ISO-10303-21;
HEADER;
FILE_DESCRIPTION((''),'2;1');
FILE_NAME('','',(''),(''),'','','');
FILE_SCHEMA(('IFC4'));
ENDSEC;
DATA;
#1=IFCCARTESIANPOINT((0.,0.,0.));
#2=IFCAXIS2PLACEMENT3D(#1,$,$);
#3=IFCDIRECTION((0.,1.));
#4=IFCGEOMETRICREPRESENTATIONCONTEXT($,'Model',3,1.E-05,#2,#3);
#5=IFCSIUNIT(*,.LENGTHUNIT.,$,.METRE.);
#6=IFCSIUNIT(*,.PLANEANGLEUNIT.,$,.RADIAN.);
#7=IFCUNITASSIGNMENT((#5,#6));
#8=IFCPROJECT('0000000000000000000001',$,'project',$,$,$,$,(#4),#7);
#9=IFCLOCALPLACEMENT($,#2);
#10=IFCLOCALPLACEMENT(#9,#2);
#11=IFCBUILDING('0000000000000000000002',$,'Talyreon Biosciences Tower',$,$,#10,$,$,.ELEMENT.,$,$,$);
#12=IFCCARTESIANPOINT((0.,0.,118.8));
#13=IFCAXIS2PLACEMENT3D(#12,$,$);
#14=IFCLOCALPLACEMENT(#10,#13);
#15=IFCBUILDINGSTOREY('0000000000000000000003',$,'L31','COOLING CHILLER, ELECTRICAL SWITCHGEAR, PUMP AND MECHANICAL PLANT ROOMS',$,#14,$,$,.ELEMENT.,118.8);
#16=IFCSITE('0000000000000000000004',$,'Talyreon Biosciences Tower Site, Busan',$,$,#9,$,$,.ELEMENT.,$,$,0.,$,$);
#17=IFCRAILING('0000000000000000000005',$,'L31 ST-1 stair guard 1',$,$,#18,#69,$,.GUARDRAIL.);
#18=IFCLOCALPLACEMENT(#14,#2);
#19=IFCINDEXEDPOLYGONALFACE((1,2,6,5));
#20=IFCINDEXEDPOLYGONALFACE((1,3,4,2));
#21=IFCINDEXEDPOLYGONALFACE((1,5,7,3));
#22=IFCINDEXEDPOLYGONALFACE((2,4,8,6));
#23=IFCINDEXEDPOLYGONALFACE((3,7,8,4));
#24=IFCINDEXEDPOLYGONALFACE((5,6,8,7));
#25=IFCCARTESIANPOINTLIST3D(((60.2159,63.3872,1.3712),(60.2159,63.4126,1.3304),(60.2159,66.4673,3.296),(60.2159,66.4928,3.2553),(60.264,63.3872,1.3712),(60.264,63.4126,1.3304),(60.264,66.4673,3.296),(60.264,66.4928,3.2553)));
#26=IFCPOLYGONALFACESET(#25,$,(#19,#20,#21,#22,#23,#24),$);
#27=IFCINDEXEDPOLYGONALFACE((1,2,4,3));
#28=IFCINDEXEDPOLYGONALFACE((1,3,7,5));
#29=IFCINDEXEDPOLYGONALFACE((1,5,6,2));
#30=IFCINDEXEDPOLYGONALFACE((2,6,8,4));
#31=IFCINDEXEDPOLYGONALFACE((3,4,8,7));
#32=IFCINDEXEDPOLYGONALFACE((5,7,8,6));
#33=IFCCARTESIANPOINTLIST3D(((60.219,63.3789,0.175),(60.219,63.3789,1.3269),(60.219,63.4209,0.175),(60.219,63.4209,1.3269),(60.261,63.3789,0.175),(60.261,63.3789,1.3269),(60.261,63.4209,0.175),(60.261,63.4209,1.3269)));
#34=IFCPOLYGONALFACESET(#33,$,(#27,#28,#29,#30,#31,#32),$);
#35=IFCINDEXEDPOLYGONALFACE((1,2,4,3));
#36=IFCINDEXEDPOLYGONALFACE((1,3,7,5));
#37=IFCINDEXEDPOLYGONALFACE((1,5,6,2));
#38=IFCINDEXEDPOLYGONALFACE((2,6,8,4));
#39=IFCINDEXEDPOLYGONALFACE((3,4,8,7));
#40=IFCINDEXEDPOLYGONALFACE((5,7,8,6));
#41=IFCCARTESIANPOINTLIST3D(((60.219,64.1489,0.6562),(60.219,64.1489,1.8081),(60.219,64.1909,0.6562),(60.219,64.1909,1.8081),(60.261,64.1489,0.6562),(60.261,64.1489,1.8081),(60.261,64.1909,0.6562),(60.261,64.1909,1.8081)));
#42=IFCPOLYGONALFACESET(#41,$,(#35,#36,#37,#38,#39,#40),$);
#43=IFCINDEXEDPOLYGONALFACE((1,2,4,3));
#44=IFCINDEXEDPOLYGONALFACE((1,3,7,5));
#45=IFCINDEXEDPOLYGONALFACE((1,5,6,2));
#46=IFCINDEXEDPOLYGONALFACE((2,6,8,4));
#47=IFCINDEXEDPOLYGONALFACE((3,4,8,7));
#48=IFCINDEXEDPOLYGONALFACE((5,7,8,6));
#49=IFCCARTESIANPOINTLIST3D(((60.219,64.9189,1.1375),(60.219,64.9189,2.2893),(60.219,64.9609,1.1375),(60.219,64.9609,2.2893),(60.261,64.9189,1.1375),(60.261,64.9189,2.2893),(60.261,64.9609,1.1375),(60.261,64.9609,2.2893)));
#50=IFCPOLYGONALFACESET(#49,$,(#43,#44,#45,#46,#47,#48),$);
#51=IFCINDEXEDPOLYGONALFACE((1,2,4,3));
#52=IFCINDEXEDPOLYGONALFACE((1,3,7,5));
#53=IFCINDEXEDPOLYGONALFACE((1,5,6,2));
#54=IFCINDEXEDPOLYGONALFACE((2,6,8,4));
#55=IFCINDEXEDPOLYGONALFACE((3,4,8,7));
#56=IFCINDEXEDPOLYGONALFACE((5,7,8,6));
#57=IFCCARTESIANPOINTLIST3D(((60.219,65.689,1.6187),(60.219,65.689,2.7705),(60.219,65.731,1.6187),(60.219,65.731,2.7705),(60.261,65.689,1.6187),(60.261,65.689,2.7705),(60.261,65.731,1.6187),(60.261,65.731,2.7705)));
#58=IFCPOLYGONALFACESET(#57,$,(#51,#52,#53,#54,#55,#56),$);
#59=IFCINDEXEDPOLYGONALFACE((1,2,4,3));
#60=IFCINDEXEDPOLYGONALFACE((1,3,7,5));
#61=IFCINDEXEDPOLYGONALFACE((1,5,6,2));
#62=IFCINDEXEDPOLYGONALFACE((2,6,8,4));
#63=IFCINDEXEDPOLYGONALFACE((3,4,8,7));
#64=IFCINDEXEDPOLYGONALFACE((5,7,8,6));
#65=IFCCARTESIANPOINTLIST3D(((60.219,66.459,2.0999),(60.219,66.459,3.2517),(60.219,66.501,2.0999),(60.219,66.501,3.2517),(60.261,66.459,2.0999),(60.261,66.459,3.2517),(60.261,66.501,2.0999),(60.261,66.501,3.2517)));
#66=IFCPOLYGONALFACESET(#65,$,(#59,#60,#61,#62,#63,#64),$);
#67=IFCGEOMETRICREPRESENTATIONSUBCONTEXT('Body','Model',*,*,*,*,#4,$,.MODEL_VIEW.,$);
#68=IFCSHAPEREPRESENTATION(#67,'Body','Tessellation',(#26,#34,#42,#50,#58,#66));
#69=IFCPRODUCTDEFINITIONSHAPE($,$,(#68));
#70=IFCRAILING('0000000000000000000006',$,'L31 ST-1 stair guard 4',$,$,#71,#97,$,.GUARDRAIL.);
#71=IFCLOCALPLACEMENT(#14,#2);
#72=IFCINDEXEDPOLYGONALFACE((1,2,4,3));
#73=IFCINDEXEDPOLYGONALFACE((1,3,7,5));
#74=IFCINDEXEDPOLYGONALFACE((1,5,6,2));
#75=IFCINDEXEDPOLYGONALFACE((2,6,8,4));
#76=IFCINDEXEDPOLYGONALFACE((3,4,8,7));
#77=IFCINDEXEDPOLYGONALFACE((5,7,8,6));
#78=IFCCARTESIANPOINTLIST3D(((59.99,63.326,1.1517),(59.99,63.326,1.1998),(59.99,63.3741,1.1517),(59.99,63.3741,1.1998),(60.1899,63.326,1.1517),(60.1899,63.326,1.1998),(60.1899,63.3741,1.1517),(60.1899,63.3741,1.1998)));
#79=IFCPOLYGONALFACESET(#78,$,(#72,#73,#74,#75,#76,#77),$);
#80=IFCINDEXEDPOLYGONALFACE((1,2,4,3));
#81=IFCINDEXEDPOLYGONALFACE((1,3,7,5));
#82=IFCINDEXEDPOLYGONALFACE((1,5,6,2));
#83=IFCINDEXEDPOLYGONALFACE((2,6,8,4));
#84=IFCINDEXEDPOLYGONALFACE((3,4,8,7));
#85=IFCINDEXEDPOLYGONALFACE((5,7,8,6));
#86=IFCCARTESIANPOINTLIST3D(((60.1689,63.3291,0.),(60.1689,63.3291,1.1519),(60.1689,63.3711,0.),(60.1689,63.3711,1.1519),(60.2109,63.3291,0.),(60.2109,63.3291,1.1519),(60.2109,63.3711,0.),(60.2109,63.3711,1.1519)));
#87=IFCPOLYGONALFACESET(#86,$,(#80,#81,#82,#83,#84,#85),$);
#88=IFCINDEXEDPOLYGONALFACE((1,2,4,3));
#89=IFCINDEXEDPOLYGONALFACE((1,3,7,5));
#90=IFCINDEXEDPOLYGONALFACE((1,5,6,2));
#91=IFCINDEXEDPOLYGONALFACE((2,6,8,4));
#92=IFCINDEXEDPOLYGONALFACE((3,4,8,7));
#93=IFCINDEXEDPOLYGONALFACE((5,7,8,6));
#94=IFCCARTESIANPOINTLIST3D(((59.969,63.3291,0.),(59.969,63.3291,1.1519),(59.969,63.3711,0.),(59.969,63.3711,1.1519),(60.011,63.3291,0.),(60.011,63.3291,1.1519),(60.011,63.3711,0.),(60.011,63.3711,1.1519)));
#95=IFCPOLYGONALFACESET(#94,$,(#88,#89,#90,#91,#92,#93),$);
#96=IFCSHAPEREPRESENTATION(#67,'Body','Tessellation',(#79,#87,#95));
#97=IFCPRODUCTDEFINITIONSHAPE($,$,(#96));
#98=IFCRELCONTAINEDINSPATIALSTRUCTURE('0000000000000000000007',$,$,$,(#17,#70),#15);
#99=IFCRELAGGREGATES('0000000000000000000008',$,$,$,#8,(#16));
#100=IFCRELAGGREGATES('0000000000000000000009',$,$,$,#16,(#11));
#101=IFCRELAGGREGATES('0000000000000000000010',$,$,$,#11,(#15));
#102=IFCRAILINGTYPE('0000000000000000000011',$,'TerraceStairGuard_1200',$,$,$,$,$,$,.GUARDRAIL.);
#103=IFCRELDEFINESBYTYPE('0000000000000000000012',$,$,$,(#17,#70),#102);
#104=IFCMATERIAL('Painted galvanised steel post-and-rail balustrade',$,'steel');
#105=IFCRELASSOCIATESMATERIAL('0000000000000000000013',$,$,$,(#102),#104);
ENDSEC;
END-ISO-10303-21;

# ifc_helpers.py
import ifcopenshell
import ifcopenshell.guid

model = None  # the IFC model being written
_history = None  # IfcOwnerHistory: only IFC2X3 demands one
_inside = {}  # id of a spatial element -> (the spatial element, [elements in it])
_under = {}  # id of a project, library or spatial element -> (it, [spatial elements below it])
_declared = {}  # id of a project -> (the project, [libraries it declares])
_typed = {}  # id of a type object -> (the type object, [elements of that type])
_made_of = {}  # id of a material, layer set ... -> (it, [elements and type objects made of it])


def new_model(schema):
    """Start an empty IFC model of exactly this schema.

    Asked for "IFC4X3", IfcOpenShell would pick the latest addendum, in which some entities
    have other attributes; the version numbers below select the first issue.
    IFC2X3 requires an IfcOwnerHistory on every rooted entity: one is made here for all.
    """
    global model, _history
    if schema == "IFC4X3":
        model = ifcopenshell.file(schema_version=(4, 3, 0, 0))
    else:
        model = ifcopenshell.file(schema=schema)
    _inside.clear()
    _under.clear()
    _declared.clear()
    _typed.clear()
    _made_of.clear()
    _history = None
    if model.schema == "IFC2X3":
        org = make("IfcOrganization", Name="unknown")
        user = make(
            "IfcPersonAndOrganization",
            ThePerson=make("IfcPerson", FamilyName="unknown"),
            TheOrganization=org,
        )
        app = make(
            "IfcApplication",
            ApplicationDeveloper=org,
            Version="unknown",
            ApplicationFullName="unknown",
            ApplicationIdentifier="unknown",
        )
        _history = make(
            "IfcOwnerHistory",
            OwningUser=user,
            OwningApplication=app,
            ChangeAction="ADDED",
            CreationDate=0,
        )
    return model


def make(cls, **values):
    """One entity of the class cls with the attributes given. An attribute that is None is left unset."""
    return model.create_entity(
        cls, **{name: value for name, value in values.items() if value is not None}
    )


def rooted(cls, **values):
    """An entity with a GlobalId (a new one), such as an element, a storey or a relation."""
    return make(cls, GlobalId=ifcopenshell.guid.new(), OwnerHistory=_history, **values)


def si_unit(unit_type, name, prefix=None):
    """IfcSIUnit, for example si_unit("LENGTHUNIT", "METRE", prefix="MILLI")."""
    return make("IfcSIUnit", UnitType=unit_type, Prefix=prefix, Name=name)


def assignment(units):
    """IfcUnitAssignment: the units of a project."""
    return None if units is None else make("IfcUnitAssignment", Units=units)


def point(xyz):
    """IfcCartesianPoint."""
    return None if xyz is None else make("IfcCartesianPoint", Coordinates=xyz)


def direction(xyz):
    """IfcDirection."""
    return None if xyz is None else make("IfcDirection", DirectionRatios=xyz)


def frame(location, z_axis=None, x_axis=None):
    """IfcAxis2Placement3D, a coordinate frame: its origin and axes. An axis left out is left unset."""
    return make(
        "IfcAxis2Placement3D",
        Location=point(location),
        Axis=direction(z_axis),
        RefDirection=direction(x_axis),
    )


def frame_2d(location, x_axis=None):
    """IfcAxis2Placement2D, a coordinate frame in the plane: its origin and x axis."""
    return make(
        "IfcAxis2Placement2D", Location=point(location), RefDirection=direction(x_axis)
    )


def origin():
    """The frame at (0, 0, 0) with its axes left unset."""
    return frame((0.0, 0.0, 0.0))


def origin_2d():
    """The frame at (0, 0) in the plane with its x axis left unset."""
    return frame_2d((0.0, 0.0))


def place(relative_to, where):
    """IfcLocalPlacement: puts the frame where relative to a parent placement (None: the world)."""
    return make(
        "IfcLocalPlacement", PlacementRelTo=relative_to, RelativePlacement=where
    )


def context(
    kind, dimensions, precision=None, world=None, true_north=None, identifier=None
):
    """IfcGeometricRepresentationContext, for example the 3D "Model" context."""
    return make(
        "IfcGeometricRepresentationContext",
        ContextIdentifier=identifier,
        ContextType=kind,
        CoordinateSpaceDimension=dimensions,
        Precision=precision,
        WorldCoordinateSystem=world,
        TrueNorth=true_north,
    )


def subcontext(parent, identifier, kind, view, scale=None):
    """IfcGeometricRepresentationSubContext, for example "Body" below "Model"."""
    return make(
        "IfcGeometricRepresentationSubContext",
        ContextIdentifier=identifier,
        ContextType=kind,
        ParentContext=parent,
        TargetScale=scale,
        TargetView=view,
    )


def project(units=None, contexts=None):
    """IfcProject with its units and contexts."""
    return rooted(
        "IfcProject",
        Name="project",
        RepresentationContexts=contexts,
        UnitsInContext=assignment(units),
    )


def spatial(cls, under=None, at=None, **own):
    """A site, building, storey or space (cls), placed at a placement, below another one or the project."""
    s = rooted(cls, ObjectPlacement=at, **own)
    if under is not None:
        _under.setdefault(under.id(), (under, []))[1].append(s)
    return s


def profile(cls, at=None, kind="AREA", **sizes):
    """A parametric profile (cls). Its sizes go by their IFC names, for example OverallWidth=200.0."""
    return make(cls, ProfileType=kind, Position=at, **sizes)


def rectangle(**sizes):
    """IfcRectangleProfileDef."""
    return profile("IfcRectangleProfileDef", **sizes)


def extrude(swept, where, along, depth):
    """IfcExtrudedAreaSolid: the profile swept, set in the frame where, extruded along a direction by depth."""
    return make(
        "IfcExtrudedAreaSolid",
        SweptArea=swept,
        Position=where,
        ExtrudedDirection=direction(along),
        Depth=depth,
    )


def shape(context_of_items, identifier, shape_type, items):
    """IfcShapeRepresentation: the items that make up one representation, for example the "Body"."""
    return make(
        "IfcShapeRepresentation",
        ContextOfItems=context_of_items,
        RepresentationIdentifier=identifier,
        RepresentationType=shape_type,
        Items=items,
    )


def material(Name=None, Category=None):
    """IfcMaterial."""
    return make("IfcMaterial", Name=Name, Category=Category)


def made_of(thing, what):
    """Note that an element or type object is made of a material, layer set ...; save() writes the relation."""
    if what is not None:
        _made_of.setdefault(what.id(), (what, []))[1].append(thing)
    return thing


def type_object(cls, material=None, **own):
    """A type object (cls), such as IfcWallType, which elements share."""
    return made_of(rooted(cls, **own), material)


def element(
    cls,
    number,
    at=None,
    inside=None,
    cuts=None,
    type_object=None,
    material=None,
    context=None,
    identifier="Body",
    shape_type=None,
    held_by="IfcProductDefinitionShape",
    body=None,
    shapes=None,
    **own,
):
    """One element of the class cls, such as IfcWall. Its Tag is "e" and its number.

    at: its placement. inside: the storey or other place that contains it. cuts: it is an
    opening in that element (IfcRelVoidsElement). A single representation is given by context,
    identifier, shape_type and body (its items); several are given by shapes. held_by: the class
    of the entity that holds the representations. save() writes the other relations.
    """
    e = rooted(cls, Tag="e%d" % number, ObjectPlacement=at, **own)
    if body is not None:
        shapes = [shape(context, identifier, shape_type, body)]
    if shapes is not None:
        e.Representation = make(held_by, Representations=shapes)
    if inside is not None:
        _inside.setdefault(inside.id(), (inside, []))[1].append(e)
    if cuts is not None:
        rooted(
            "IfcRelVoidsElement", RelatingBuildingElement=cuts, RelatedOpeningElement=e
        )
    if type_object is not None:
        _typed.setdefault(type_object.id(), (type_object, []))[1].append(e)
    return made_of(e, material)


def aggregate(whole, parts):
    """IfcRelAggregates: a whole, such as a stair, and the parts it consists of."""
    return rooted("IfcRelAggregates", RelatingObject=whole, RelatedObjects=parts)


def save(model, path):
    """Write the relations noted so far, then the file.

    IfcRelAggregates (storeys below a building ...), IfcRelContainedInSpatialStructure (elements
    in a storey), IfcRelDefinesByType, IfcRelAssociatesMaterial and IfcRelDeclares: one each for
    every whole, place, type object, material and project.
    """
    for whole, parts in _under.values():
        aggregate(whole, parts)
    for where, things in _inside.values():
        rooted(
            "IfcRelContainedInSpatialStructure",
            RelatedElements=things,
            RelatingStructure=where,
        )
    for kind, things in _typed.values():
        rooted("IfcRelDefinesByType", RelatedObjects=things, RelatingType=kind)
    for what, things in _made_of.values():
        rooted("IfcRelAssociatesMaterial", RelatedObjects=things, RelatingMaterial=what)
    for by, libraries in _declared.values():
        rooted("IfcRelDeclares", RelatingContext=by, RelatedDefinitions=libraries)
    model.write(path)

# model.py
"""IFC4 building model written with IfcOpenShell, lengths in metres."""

from ifc_helpers import new_model, si_unit, direction, frame, origin, origin_2d, place, context, subcontext, project, spatial, rectangle, extrude, material, type_object, element, save


model = new_model("IFC4")

# Units and contexts
model_context = context("Model", 3, precision=1e-05, world=origin(), true_north=direction((0.0, 1.0)))
body_context = subcontext(model_context, "Body", "Model", "MODEL_VIEW")
ifc_project = project(units=[si_unit("LENGTHUNIT", "METRE"), si_unit("PLANEANGLEUNIT", "RADIAN")], contexts=[model_context])

# Site, building, storey
site_placement = place(None, origin())
site = spatial("IfcSite", under=ifc_project, at=site_placement, Name="Talyreon Biosciences Tower Site, Busan", CompositionType="ELEMENT", RefElevation=0.0)
building_placement = place(site_placement, origin())
building = spatial("IfcBuilding", under=site, at=building_placement, Name="Talyreon Biosciences Tower", CompositionType="ELEMENT")
storey_placement = place(building_placement, frame((0.0, 0.0, 118.8)))
storey = spatial("IfcBuildingStorey", under=building, at=storey_placement, Name="L31", Description="COOLING CHILLER, ELECTRICAL SWITCHGEAR, PUMP AND MECHANICAL PLANT ROOMS", CompositionType="ELEMENT", Elevation=118.8)

# Railings
ifc_material_1 = material(Name="Painted galvanised steel post-and-rail balustrade", Category="steel")
railing_type_1 = type_object("IfcRailingType", Name="TerraceStairGuard_1200", PredefinedType="GUARDRAIL", material=ifc_material_1)
railing_1_placement = place(storey_placement, frame((60.24, 63.3999, 0.175)))
element("IfcRailing", 1, at=railing_1_placement, inside=storey, type_object=railing_type_1, Name="L31 ST-1 stair guard 1", PredefinedType="GUARDRAIL", context=body_context, shape_type="SweptSolid", body=[
    extrude(rectangle(XDim=0.0481, YDim=0.0481, at=origin_2d()), frame((0.0, 0.0, 1.1758), z_axis=(0.0, 0.848029, 0.529951), x_axis=(-1.0, 0.0, 0.0)), (0.0, 0.0, 1.0), 3.6321),
    extrude(rectangle(XDim=0.042, YDim=0.042, at=origin_2d()), origin(), (0.0, 0.0, 1.0), 1.1519),
    extrude(rectangle(XDim=0.042, YDim=0.042, at=origin_2d()), frame((0.0, 0.77, 0.4812)), (0.0, 0.0, 1.0), 1.1519),
    extrude(rectangle(XDim=0.042, YDim=0.042, at=origin_2d()), frame((0.0, 1.54, 0.9624)), (0.0, 0.0, 1.0), 1.1519),
    extrude(rectangle(XDim=0.042, YDim=0.042, at=origin_2d()), frame((0.0, 2.3101, 1.4436)), (0.0, 0.0, 1.0), 1.1519),
    extrude(rectangle(XDim=0.042, YDim=0.042, at=origin_2d()), frame((0.0, 3.0801, 1.9248)), (0.0, 0.0, 1.0), 1.1519),
])
railing_2_placement = place(storey_placement, frame((60.1899, 63.3501, 0.0)))
element("IfcRailing", 2, at=railing_2_placement, inside=storey, type_object=railing_type_1, Name="L31 ST-1 stair guard 4", PredefinedType="GUARDRAIL", context=body_context, shape_type="SweptSolid", body=[
    extrude(rectangle(XDim=0.0481, YDim=0.0481, at=origin_2d()), frame((0.0, 0.0, 1.1758), z_axis=(-1.0, 0.0, 0.0), x_axis=(0.0, -1.0, 0.0)), (0.0, 0.0, 1.0), 0.2),
    extrude(rectangle(XDim=0.042, YDim=0.042, at=origin_2d()), origin(), (0.0, 0.0, 1.0), 1.1519),
    extrude(rectangle(XDim=0.042, YDim=0.042, at=origin_2d()), frame((-0.2, 0.0, 0.0)), (0.0, 0.0, 1.0), 1.1519),
])

save(model, "model.ifc")
